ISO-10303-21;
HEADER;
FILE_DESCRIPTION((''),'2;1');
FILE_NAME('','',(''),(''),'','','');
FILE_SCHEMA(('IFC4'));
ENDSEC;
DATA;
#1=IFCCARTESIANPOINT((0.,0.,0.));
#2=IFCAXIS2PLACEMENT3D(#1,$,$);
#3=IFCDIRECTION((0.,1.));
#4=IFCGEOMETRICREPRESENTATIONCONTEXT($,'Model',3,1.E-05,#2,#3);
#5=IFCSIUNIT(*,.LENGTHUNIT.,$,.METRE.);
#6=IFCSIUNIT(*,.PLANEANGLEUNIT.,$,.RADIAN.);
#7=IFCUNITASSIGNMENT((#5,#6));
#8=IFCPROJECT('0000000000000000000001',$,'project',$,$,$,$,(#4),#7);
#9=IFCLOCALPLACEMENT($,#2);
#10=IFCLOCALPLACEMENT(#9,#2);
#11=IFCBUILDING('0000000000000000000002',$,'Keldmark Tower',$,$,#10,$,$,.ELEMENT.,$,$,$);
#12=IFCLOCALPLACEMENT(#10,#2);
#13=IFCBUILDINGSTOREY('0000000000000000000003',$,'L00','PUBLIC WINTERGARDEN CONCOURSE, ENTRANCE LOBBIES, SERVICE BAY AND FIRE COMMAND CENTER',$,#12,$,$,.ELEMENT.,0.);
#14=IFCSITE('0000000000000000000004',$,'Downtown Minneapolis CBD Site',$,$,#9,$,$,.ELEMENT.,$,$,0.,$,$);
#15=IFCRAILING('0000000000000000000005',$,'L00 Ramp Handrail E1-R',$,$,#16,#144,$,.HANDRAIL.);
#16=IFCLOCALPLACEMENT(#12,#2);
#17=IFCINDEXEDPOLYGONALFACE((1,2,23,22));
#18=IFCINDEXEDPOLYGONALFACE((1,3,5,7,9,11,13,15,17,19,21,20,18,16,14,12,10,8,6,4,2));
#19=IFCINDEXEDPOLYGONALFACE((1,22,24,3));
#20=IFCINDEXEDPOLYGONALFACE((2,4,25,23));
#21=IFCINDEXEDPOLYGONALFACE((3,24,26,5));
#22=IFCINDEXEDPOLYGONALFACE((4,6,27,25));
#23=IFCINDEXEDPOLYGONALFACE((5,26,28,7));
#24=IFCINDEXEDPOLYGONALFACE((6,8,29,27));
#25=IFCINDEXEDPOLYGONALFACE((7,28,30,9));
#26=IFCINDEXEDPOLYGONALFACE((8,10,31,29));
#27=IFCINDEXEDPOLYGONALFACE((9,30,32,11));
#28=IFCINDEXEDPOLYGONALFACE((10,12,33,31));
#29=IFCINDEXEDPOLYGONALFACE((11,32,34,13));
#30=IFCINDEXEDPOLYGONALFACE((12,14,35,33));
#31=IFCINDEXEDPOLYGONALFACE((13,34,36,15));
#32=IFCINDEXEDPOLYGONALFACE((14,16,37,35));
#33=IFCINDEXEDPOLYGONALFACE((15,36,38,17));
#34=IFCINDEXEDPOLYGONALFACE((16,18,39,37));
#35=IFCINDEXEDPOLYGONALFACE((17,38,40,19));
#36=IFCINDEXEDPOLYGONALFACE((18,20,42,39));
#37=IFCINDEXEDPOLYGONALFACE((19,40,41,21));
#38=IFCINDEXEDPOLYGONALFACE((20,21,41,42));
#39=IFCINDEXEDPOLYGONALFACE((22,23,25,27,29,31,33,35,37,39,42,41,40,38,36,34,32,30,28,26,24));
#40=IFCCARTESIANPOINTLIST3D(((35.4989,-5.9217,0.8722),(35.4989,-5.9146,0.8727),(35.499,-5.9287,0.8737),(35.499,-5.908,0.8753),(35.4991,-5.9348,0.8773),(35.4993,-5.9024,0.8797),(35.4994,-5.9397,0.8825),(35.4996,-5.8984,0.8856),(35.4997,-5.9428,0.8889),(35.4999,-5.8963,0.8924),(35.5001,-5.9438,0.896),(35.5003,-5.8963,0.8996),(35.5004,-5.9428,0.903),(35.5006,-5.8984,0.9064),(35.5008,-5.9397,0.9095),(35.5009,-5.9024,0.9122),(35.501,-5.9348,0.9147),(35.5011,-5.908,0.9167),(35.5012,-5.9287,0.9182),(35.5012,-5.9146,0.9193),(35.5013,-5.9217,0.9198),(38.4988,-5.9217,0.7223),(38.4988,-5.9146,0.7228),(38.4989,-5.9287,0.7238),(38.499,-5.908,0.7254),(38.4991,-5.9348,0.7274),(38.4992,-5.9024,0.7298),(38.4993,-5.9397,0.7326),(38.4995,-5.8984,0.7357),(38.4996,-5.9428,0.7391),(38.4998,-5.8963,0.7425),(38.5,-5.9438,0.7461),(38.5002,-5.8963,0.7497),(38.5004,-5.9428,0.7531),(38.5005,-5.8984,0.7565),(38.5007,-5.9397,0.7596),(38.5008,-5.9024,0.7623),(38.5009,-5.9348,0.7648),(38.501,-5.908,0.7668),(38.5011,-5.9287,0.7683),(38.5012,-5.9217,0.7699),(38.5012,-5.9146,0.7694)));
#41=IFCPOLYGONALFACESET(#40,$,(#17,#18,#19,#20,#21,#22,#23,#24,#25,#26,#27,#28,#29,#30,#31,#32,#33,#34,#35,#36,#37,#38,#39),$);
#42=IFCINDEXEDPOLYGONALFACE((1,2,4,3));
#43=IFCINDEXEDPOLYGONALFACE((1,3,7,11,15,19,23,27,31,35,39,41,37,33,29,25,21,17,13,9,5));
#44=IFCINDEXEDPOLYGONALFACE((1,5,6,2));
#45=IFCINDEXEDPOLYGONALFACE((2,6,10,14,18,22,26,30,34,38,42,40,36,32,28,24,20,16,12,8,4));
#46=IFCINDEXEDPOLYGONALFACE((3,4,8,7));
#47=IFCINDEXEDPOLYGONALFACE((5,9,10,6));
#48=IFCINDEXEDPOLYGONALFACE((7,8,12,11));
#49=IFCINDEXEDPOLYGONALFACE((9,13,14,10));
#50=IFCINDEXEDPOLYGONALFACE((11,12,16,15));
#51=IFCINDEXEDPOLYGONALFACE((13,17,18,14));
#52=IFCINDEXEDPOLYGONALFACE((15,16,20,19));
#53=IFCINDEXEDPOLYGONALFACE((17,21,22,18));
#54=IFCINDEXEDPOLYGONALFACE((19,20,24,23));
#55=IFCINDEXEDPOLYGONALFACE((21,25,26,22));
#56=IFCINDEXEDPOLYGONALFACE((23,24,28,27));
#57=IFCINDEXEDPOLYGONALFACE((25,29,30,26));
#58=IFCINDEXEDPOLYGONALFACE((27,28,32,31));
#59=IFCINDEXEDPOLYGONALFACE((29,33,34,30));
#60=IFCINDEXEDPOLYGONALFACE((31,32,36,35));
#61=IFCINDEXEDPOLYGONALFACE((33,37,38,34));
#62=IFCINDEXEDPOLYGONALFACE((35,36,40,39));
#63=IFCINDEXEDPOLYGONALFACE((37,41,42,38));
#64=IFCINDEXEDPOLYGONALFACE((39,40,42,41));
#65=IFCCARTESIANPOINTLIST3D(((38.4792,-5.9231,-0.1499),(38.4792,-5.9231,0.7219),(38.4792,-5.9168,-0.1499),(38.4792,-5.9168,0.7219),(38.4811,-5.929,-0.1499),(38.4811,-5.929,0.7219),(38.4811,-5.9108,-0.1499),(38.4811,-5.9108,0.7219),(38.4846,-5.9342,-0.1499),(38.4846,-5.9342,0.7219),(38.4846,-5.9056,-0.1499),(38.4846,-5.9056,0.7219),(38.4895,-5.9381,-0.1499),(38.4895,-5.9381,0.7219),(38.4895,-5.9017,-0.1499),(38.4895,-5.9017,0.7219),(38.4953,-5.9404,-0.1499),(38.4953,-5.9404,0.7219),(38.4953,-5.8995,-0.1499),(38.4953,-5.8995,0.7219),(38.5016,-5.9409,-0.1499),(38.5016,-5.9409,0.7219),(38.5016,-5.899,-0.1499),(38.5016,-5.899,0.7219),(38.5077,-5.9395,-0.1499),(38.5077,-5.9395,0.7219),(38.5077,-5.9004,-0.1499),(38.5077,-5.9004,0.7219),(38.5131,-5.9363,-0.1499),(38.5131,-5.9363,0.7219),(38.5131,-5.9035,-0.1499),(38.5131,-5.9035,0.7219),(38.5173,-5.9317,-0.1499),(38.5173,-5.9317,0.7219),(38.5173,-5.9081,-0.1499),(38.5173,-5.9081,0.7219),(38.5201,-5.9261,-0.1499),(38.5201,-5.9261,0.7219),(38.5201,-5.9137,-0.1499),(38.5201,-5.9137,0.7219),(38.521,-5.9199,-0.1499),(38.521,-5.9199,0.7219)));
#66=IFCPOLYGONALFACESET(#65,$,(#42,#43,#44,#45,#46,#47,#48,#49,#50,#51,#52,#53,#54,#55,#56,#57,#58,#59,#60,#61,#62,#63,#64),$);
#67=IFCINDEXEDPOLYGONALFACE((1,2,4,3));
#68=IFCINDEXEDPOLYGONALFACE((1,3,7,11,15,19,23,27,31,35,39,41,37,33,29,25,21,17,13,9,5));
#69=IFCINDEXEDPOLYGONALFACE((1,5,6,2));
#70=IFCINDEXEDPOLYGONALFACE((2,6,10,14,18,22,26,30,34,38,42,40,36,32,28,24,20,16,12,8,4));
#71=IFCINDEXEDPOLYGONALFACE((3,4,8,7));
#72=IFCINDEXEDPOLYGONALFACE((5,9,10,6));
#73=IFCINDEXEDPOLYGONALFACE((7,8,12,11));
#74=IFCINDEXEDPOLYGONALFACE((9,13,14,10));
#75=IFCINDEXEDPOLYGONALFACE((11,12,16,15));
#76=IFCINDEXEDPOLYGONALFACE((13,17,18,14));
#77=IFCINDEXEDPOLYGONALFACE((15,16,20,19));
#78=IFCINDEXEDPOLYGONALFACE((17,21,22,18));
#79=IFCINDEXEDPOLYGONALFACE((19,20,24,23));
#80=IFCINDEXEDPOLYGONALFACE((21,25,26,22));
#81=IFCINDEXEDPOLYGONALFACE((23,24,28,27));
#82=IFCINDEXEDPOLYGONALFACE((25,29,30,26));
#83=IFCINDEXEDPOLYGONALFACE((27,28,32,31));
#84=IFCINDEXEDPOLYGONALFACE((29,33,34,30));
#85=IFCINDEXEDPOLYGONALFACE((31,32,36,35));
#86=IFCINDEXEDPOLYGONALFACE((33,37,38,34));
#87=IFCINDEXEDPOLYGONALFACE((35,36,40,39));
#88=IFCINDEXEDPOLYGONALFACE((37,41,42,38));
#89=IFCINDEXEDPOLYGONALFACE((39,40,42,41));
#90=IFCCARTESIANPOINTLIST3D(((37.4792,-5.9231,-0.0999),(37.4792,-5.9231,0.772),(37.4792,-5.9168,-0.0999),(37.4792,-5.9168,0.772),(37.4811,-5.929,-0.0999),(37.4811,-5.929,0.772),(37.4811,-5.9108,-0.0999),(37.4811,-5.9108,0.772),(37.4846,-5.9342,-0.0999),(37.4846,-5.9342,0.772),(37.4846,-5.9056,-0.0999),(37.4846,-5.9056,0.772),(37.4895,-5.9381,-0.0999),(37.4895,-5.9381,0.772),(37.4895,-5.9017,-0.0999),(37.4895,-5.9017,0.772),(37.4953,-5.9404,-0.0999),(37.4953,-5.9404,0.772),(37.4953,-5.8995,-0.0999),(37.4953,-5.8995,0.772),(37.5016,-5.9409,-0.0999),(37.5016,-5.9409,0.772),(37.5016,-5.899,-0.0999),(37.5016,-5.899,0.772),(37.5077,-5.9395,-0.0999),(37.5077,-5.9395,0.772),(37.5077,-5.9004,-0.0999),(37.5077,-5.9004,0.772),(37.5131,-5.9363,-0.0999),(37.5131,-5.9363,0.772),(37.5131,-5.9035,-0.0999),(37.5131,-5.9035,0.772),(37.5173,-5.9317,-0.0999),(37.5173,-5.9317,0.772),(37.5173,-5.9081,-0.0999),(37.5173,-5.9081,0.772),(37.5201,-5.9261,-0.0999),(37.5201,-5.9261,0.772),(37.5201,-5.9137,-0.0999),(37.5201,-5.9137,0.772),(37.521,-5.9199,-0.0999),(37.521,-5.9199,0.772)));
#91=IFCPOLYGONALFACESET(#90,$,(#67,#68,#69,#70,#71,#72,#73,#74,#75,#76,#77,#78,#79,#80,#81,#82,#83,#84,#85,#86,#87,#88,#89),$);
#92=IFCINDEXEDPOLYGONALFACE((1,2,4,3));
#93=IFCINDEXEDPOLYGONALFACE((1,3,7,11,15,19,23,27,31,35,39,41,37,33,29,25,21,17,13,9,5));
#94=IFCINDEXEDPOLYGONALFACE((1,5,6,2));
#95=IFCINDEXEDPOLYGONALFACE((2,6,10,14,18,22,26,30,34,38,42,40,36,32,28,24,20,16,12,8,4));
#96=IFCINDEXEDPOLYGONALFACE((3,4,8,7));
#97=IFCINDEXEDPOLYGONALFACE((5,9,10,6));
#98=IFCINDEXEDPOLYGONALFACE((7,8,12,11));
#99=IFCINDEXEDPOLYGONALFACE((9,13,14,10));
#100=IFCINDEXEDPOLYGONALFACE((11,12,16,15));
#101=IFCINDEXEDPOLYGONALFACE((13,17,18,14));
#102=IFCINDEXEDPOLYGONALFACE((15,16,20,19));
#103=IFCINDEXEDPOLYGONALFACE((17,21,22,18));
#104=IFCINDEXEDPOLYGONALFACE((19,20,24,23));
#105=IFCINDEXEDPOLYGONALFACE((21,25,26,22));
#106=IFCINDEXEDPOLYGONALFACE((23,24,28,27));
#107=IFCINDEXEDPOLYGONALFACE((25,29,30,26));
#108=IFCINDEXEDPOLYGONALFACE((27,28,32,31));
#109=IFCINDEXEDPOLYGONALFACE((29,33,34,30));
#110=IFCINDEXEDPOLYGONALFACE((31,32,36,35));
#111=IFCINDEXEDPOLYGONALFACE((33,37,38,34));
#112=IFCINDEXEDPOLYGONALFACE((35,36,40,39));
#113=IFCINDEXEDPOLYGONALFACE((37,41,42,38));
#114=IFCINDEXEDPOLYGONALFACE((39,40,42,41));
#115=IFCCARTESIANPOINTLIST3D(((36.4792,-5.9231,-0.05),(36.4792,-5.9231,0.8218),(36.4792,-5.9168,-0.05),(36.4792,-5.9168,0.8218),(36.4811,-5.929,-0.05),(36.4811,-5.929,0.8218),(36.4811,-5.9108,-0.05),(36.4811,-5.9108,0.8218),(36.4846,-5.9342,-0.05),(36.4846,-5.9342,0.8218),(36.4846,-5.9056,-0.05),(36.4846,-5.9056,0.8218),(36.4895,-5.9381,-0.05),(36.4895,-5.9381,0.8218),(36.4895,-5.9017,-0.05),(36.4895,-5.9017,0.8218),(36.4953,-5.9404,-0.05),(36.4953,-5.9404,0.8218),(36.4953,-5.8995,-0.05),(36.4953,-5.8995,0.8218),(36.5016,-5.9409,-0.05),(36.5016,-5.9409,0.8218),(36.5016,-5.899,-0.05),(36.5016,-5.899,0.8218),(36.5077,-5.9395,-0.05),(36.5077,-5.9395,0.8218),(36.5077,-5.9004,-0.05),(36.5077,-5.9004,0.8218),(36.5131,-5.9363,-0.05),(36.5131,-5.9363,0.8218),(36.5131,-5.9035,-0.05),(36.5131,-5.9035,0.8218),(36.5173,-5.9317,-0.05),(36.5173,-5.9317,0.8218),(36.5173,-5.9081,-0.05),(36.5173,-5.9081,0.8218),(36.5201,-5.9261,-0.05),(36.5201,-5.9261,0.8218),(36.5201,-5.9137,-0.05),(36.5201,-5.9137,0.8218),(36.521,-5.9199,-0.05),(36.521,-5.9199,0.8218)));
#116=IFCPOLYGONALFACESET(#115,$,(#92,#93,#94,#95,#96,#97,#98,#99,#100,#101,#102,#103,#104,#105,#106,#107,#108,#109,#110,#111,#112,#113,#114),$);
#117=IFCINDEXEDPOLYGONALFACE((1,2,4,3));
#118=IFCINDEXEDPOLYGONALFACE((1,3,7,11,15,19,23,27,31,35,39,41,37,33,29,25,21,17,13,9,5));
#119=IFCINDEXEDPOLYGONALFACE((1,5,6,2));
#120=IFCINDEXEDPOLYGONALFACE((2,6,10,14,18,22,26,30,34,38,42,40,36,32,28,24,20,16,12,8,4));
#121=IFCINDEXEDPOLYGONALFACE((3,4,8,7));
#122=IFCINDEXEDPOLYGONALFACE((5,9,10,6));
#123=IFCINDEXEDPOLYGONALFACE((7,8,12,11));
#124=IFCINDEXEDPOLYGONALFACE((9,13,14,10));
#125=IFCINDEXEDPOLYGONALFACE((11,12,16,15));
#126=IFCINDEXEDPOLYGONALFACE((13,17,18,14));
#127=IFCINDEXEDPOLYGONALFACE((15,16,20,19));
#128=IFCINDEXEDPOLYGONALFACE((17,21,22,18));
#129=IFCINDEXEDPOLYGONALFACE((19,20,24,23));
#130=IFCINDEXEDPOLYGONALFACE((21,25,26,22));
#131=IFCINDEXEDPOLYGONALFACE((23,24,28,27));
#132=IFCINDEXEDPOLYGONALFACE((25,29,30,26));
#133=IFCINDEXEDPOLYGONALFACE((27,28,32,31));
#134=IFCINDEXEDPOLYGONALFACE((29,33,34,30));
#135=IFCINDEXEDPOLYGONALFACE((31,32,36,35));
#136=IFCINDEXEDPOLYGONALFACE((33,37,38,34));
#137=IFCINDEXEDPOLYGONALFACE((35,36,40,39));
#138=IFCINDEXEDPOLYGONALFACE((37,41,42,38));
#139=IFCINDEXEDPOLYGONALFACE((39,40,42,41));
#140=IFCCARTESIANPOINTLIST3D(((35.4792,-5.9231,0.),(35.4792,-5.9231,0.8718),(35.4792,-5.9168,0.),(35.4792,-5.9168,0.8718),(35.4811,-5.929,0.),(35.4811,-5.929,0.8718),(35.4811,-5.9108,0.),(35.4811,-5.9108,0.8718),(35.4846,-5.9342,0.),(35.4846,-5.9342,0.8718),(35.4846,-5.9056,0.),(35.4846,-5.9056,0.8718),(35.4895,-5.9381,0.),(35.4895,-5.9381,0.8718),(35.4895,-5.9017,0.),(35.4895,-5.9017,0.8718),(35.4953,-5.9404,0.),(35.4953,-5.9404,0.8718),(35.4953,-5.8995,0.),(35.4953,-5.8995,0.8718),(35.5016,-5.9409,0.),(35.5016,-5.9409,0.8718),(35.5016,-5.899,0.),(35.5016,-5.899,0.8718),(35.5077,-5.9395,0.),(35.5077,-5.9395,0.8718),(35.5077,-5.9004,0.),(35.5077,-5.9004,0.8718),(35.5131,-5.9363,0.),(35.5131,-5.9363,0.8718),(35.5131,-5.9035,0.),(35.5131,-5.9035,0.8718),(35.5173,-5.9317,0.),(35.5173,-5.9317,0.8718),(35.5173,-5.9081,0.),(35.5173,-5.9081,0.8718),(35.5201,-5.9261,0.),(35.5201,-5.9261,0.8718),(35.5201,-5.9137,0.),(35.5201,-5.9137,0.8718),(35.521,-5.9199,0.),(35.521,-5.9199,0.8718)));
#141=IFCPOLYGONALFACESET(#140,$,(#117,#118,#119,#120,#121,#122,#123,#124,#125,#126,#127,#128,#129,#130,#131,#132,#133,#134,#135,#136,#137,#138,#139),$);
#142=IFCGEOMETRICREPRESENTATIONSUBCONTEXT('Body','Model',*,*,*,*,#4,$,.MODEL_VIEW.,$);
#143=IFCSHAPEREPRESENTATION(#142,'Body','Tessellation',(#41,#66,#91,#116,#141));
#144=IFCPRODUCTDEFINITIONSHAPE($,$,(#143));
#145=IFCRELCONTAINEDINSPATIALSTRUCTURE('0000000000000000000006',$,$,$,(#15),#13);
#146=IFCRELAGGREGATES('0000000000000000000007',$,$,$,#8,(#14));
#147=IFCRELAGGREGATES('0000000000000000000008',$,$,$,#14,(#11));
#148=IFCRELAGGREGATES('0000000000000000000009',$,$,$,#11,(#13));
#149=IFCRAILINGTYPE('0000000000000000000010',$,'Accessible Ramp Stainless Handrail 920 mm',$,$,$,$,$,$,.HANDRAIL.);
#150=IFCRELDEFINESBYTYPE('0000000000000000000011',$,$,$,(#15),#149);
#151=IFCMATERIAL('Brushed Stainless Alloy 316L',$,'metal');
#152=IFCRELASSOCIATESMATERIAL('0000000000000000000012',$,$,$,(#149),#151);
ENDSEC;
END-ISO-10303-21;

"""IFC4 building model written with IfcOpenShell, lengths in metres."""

from ifc_helpers import new_model, si_unit, direction, frame, origin, origin_2d, place, context, subcontext, project, spatial, circle, extrude, material, type_object, element, save


model = new_model("IFC4")

# Units and contexts
model_context = context("Model", 3, precision=1e-05, world=origin(), true_north=direction((0.0, 1.0)))
body_context = subcontext(model_context, "Body", "Model", "MODEL_VIEW")
ifc_project = project(units=[si_unit("LENGTHUNIT", "METRE"), si_unit("PLANEANGLEUNIT", "RADIAN")], contexts=[model_context])

# Site, building, storey
site_placement = place(None, origin())
site = spatial("IfcSite", under=ifc_project, at=site_placement, Name="Downtown Minneapolis CBD Site", CompositionType="ELEMENT", RefElevation=0.0)
building_placement = place(site_placement, origin())
building = spatial("IfcBuilding", under=site, at=building_placement, Name="Keldmark Tower", CompositionType="ELEMENT")
storey_placement = place(building_placement, origin())
storey = spatial("IfcBuildingStorey", under=building, at=storey_placement, Name="L00", Description="PUBLIC WINTERGARDEN CONCOURSE, ENTRANCE LOBBIES, SERVICE BAY AND FIRE COMMAND CENTER", CompositionType="ELEMENT", Elevation=0.0)

# Railing
ifc_material_1 = material(Name="Brushed Stainless Alloy 316L", Category="metal")
railing_type = type_object("IfcRailingType", Name="Accessible Ramp Stainless Handrail 920 mm", PredefinedType="HANDRAIL", material=ifc_material_1)
for number, where, name in (
    (1, (38.5, -5.9199, -0.1499), "L00 Ramp Handrail E1-R"),
):
    element("IfcRailing", number, at=place(storey_placement, frame(where)), inside=storey, type_object=railing_type, Name=name, PredefinedType="HANDRAIL", context=body_context, shape_type="SweptSolid", body=[
        extrude(circle(Radius=0.0239, at=origin_2d()), frame((0.0, 0.0, 0.896), z_axis=(-0.998754, 0.0, 0.049905), x_axis=(0.0, -1.0, 0.0)), (0.0, 0.0, 1.0), 3.0037),
        extrude(circle(Radius=0.021, at=origin_2d()), origin(), (0.0, 0.0, 1.0), 0.8718),
        extrude(circle(Radius=0.021, at=origin_2d()), frame((-1.0, 0.0, 0.05)), (0.0, 0.0, 1.0), 0.8718),
        extrude(circle(Radius=0.021, at=origin_2d()), frame((-2.0, 0.0, 0.0999)), (0.0, 0.0, 1.0), 0.8718),
        extrude(circle(Radius=0.021, at=origin_2d()), frame((-3.0, 0.0, 0.1499)), (0.0, 0.0, 1.0), 0.8718),
    ])

save(model, "model.ifc")
